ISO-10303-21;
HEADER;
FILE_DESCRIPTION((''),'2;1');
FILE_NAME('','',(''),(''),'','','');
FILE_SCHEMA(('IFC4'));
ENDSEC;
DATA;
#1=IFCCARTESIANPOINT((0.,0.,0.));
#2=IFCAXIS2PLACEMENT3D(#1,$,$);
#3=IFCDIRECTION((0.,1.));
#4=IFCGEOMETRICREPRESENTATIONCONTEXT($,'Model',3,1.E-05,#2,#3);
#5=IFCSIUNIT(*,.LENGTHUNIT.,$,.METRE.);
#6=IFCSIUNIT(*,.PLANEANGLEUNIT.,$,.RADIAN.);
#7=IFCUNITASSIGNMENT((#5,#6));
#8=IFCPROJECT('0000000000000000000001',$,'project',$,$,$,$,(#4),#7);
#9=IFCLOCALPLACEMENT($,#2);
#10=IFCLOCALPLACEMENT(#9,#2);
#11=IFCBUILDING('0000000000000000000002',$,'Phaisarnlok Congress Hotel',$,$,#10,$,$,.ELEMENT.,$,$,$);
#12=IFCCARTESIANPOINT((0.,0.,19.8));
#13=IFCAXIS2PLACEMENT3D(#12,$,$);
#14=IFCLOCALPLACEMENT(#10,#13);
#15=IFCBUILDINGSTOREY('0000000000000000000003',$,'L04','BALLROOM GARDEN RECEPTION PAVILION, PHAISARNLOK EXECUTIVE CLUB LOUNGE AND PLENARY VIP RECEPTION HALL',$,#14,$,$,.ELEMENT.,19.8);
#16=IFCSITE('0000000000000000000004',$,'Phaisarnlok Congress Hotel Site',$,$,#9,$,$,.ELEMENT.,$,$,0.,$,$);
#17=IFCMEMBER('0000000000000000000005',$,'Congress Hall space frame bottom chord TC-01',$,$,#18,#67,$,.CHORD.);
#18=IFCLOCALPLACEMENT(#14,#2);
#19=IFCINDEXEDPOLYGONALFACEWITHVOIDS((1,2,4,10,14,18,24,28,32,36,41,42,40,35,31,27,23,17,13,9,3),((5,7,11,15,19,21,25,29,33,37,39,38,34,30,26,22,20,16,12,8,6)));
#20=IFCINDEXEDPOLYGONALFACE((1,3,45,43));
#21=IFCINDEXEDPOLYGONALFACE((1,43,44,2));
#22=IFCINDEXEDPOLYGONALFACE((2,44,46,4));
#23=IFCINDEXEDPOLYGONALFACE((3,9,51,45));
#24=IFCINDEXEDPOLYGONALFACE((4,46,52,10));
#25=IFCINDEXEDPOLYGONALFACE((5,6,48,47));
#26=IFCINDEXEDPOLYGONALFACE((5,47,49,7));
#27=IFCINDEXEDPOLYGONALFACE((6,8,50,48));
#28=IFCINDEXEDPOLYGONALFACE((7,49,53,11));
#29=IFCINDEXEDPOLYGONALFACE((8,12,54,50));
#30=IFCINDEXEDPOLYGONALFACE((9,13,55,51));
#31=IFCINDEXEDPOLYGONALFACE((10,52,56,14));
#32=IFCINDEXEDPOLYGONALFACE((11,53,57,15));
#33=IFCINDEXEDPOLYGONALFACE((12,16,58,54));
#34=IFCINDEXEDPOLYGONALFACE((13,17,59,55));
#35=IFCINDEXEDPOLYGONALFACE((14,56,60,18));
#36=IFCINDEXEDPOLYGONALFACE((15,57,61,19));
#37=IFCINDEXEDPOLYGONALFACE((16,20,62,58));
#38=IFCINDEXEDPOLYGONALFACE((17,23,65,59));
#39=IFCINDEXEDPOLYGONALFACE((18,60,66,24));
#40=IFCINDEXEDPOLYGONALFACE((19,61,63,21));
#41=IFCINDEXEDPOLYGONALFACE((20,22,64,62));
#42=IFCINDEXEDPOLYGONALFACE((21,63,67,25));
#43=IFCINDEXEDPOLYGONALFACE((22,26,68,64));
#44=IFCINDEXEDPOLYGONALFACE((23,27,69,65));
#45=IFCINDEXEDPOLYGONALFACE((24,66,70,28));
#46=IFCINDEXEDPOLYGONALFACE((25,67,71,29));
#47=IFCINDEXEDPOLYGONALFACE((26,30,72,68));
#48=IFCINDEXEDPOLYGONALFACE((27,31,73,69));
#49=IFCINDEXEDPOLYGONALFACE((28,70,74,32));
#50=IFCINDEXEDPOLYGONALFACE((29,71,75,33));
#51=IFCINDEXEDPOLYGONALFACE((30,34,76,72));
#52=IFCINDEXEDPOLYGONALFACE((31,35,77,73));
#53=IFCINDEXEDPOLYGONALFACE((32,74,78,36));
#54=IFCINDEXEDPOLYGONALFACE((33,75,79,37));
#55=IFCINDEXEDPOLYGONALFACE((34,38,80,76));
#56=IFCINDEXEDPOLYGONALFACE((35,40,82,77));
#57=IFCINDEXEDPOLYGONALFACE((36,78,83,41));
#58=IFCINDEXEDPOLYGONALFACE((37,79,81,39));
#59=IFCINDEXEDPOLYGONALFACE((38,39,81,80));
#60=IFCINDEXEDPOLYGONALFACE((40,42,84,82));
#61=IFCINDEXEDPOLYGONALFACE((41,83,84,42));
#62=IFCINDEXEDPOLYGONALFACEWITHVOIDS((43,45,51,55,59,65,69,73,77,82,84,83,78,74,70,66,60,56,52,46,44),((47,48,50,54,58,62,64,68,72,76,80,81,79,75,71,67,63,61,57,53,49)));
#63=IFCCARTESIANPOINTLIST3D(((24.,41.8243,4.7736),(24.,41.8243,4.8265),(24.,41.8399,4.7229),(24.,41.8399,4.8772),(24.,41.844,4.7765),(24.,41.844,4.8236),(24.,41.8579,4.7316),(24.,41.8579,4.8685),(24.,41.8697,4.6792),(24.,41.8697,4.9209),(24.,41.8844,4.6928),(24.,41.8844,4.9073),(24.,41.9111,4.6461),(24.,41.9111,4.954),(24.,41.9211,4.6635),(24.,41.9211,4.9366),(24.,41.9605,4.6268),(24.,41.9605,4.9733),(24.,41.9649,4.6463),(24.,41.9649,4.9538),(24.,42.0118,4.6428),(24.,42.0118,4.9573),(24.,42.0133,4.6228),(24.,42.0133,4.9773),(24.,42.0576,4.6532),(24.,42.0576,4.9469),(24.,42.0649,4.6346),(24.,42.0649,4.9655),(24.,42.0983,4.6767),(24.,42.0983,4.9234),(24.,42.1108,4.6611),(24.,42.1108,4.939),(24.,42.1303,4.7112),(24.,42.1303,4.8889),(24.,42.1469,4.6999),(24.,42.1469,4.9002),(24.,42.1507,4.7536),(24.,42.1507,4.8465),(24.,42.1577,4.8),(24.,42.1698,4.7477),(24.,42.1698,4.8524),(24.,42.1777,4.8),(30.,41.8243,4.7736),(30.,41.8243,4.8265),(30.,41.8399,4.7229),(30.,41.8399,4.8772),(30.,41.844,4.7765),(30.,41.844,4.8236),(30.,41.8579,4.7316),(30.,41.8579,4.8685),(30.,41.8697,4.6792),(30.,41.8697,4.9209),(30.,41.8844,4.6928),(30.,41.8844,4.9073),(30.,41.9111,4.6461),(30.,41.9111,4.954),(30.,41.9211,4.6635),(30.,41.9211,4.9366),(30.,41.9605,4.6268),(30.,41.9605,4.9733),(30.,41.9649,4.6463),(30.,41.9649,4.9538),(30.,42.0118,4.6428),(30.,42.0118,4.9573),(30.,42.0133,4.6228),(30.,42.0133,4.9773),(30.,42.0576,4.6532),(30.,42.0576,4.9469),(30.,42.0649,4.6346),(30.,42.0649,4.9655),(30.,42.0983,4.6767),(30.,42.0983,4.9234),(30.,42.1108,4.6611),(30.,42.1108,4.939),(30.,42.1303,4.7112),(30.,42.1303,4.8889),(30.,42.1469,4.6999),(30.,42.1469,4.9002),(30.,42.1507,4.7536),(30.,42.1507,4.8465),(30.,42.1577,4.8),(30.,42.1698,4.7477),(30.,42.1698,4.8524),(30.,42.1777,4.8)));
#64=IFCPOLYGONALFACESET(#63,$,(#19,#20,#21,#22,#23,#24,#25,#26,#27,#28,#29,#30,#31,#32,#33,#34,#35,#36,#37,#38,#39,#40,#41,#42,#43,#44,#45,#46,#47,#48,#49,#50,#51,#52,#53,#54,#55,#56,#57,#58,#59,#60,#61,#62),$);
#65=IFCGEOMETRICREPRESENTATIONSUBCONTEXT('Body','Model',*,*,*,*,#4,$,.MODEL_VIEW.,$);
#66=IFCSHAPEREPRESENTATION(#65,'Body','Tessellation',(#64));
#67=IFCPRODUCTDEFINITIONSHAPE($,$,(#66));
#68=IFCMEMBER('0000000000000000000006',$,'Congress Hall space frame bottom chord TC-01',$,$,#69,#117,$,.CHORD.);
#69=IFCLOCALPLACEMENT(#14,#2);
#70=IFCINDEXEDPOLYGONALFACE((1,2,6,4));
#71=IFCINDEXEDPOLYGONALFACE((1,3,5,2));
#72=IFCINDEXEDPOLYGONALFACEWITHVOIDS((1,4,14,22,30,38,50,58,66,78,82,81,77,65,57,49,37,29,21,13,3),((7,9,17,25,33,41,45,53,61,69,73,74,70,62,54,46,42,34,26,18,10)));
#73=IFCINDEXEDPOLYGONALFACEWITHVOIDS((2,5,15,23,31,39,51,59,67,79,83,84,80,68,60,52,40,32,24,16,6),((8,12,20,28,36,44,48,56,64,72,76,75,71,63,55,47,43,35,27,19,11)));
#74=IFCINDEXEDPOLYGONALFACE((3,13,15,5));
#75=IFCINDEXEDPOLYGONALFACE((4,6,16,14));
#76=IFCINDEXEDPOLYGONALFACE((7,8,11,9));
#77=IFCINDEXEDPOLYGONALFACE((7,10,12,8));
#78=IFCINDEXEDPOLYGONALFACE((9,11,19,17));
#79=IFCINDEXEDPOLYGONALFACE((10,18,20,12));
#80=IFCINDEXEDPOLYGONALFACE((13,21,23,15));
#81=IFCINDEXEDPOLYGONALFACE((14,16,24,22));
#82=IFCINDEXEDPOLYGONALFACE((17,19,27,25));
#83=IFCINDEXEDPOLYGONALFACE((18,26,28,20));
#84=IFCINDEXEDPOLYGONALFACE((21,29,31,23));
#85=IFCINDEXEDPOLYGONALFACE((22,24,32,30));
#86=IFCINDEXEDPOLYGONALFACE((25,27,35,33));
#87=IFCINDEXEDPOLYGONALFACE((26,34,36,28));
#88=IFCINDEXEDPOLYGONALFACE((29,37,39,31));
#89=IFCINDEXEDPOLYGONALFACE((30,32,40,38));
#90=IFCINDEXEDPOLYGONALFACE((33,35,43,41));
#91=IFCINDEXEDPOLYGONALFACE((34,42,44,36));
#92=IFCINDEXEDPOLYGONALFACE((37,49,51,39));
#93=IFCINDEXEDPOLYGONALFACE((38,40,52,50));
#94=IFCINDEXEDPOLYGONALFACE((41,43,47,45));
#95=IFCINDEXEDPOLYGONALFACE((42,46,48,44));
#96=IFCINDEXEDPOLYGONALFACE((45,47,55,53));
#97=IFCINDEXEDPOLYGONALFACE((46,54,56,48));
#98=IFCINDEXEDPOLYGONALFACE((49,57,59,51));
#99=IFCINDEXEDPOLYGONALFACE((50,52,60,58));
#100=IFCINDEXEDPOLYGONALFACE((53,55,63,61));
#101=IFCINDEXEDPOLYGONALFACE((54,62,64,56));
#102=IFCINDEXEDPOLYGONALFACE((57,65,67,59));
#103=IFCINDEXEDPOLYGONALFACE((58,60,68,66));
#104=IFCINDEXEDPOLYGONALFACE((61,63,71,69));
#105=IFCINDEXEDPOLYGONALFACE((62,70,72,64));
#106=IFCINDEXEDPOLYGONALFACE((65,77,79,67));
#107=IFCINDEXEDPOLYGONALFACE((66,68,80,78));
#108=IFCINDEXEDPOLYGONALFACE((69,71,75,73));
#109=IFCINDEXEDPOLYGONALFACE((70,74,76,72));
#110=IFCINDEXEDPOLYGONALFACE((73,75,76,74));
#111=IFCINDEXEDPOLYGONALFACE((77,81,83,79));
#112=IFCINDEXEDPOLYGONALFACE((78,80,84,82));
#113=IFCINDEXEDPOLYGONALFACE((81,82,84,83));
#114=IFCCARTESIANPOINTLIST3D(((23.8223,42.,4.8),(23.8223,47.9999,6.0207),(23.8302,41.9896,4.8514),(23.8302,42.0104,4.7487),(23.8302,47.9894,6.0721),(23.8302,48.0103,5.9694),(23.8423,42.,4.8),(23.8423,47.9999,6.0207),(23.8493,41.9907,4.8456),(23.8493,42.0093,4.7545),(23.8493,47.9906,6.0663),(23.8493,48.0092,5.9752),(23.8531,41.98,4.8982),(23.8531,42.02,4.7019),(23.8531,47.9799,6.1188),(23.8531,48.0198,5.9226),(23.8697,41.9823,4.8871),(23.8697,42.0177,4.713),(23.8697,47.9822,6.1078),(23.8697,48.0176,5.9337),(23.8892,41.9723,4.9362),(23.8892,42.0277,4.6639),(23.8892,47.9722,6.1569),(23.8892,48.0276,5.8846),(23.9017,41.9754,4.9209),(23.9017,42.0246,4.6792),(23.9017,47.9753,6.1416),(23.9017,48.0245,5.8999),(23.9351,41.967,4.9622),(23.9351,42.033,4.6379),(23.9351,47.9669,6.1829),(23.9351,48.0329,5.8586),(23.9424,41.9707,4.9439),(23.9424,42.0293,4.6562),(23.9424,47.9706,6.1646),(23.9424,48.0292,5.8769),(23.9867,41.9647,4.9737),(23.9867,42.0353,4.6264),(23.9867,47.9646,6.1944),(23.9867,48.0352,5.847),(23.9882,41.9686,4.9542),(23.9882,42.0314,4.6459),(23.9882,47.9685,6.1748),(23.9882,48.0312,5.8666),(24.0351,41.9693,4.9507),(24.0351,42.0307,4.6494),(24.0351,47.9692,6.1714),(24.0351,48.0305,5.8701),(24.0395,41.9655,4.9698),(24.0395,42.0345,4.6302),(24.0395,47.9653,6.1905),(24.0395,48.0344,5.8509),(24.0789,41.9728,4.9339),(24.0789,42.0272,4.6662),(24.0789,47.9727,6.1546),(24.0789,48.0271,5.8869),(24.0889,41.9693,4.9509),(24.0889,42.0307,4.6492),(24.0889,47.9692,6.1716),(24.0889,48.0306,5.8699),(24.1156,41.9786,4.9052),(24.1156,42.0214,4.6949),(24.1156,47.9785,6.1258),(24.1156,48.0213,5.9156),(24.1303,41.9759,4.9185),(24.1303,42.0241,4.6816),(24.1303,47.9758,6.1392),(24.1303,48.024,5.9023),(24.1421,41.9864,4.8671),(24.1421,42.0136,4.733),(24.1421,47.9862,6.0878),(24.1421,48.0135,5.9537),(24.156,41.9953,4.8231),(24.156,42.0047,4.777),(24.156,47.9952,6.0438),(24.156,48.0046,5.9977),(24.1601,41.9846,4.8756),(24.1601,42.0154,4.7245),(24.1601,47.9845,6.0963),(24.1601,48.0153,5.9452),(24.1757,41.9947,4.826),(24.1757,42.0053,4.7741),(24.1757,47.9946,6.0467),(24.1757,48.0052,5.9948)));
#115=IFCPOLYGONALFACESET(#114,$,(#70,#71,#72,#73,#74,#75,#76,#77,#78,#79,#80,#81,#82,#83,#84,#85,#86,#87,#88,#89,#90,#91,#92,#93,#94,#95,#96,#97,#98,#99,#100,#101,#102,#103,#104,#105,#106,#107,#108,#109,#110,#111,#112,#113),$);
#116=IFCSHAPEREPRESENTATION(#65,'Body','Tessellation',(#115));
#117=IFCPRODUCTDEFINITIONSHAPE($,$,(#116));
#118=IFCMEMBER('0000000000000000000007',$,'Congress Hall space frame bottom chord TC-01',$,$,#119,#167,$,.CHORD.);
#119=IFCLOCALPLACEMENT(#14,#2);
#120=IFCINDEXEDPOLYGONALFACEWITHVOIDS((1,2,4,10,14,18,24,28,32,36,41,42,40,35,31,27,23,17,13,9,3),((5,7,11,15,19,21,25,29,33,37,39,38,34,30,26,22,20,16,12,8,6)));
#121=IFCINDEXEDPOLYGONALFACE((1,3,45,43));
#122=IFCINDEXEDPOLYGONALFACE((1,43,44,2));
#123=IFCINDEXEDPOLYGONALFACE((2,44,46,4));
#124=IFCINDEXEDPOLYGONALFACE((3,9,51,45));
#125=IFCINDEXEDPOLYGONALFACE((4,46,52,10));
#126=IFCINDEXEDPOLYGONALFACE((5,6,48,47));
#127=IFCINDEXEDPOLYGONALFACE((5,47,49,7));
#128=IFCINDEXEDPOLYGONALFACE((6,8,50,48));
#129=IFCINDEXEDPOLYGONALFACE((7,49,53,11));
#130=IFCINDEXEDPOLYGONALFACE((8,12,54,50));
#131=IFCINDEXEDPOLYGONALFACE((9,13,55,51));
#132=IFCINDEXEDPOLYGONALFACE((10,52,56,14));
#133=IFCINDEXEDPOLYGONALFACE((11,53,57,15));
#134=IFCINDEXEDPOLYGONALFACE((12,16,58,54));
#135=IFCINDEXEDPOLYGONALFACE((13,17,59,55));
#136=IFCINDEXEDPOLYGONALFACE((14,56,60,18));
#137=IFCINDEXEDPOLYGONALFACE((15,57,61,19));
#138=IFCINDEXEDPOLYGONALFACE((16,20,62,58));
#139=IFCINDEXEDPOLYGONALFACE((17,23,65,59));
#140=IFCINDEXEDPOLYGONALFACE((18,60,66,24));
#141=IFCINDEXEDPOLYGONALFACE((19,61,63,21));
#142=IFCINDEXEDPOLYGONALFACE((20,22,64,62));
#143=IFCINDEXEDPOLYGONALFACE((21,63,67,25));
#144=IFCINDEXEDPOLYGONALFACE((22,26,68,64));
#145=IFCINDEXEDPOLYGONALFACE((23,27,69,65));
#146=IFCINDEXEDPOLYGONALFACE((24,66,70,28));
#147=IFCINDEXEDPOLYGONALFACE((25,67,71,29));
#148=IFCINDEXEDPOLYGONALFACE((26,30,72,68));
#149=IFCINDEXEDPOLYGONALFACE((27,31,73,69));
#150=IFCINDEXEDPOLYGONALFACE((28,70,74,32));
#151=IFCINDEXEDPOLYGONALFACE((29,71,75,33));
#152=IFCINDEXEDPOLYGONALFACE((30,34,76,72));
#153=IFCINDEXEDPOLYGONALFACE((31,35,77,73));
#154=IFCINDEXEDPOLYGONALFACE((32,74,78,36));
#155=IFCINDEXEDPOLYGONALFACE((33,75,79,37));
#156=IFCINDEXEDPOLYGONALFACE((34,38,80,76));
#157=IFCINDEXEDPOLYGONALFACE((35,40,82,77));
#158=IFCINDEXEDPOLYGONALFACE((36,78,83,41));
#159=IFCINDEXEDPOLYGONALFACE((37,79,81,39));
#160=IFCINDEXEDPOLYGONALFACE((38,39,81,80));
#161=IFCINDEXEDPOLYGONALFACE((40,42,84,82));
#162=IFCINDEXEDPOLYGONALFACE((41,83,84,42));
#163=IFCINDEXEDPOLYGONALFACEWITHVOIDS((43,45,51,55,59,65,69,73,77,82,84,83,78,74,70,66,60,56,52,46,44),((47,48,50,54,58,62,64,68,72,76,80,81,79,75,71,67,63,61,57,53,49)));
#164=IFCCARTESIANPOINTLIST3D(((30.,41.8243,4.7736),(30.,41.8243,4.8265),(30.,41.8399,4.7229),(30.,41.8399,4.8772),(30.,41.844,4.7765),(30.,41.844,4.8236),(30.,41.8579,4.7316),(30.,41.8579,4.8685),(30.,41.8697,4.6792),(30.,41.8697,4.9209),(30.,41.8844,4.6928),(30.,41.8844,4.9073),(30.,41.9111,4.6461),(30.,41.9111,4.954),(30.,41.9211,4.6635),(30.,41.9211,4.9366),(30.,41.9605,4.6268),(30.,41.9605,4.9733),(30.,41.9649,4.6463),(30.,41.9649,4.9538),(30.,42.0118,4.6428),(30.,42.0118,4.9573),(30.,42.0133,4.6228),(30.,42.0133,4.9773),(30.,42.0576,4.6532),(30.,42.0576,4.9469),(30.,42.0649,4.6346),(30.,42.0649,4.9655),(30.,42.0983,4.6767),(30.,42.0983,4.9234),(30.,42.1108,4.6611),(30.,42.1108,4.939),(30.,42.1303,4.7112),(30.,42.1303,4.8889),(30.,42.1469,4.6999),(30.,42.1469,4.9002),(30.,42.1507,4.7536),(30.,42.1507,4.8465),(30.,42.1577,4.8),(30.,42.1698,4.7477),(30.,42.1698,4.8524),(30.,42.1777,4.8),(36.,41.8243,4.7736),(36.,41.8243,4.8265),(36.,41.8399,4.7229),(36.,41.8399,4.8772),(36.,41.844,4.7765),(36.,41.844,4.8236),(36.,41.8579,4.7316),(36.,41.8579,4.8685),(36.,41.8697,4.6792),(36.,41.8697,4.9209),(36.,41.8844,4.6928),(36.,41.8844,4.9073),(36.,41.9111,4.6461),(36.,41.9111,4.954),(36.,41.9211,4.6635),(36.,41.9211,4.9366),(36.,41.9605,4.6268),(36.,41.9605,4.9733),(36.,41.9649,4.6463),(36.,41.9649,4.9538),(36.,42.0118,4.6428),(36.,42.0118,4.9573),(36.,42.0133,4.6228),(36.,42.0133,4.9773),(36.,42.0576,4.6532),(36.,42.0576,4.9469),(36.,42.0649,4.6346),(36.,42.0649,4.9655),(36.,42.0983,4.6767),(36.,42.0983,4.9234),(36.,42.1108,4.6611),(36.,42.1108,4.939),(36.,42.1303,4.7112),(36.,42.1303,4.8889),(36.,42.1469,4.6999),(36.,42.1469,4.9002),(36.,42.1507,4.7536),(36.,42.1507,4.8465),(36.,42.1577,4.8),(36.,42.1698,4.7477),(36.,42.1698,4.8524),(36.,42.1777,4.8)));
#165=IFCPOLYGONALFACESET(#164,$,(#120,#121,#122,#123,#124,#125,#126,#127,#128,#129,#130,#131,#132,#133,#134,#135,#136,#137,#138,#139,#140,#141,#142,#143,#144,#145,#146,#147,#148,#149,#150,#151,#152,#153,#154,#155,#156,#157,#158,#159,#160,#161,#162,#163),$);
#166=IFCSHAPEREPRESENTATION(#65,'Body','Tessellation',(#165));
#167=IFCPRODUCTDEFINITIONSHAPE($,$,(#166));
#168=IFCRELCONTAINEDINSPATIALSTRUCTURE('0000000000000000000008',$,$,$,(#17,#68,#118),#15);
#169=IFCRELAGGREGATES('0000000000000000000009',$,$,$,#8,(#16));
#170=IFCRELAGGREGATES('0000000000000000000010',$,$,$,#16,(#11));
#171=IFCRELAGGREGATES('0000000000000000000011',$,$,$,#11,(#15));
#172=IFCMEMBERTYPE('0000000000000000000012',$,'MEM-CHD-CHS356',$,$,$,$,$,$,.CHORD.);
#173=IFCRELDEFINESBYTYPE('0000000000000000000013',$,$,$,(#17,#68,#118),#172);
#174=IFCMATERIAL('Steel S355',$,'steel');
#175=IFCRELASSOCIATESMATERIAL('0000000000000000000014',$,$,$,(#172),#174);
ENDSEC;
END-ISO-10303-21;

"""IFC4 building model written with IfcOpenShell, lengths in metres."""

from ifc_helpers import new_model, si_unit, direction, frame, origin, origin_2d, place, context, subcontext, project, spatial, hollow_circle, extrude, material, material_profile, profile_set, type_object, element, save


model = new_model("IFC4")

# Units and contexts
model_context = context("Model", 3, precision=1e-05, world=origin(), true_north=direction((0.0, 1.0)))
body_context = subcontext(model_context, "Body", "Model", "MODEL_VIEW")
ifc_project = project(units=[si_unit("LENGTHUNIT", "METRE"), si_unit("PLANEANGLEUNIT", "RADIAN")], contexts=[model_context])

# Site, building, storey
site_placement = place(None, origin())
site = spatial("IfcSite", under=ifc_project, at=site_placement, Name="Phaisarnlok Congress Hotel Site", CompositionType="ELEMENT", RefElevation=0.0)
building_placement = place(site_placement, origin())
building = spatial("IfcBuilding", under=site, at=building_placement, Name="Phaisarnlok Congress Hotel", CompositionType="ELEMENT")
storey_placement = place(building_placement, frame((0.0, 0.0, 19.8)))
storey = spatial("IfcBuildingStorey", under=building, at=storey_placement, Name="L04", Description="BALLROOM GARDEN RECEPTION PAVILION, PHAISARNLOK EXECUTIVE CLUB LOUNGE AND PLENARY VIP RECEPTION HALL", CompositionType="ELEMENT", Elevation=19.8)

# Members
ifc_material_1 = material(Name="Steel S355", Category="steel")
ifc_material_profile_1 = material_profile(ifc_material_1, hollow_circle(Radius=0.1777, WallThickness=0.02, at=origin_2d()), Name="CHS 355.6x20")
ifc_profile_set_1 = profile_set([ifc_material_profile_1], Name="Steel S355")
member_type_1 = type_object("IfcMemberType", Name="MEM-CHD-CHS356", PredefinedType="CHORD", material=ifc_profile_set_1)
member_1_placement = place(storey_placement, frame((24.0, 42.0, 4.8), z_axis=(1.0, 0.0, 0.0), x_axis=(0.0, 1.0, 0.0)))
element("IfcMember", 1, at=member_1_placement, inside=storey, type_object=member_type_1, Name="Congress Hall space frame bottom chord TC-01", PredefinedType="CHORD", context=body_context, shape_type="SweptSolid", body=[
    extrude(hollow_circle(Radius=0.1777, WallThickness=0.02, at=origin_2d()), origin(), (0.0, 0.0, 1.0), 6.0),
])
member_2_placement = place(storey_placement, frame((24.0, 42.0, 4.8), z_axis=(0.0, 0.979925, 0.199366), x_axis=(-1.0, 0.0, 0.0)))
element("IfcMember", 2, at=member_2_placement, inside=storey, type_object=member_type_1, Name="Congress Hall space frame bottom chord TC-01", PredefinedType="CHORD", context=body_context, shape_type="SweptSolid", body=[
    extrude(hollow_circle(Radius=0.1777, WallThickness=0.02, at=origin_2d()), origin(), (0.0, 0.0, 1.0), 6.1228),
])
member_3_placement = place(storey_placement, frame((30.0, 42.0, 4.8), z_axis=(1.0, 0.0, 0.0), x_axis=(0.0, 1.0, 0.0)))
element("IfcMember", 3, at=member_3_placement, inside=storey, type_object=member_type_1, Name="Congress Hall space frame bottom chord TC-01", PredefinedType="CHORD", context=body_context, shape_type="SweptSolid", body=[
    extrude(hollow_circle(Radius=0.1777, WallThickness=0.02, at=origin_2d()), origin(), (0.0, 0.0, 1.0), 6.0),
])

save(model, "model.ifc")
